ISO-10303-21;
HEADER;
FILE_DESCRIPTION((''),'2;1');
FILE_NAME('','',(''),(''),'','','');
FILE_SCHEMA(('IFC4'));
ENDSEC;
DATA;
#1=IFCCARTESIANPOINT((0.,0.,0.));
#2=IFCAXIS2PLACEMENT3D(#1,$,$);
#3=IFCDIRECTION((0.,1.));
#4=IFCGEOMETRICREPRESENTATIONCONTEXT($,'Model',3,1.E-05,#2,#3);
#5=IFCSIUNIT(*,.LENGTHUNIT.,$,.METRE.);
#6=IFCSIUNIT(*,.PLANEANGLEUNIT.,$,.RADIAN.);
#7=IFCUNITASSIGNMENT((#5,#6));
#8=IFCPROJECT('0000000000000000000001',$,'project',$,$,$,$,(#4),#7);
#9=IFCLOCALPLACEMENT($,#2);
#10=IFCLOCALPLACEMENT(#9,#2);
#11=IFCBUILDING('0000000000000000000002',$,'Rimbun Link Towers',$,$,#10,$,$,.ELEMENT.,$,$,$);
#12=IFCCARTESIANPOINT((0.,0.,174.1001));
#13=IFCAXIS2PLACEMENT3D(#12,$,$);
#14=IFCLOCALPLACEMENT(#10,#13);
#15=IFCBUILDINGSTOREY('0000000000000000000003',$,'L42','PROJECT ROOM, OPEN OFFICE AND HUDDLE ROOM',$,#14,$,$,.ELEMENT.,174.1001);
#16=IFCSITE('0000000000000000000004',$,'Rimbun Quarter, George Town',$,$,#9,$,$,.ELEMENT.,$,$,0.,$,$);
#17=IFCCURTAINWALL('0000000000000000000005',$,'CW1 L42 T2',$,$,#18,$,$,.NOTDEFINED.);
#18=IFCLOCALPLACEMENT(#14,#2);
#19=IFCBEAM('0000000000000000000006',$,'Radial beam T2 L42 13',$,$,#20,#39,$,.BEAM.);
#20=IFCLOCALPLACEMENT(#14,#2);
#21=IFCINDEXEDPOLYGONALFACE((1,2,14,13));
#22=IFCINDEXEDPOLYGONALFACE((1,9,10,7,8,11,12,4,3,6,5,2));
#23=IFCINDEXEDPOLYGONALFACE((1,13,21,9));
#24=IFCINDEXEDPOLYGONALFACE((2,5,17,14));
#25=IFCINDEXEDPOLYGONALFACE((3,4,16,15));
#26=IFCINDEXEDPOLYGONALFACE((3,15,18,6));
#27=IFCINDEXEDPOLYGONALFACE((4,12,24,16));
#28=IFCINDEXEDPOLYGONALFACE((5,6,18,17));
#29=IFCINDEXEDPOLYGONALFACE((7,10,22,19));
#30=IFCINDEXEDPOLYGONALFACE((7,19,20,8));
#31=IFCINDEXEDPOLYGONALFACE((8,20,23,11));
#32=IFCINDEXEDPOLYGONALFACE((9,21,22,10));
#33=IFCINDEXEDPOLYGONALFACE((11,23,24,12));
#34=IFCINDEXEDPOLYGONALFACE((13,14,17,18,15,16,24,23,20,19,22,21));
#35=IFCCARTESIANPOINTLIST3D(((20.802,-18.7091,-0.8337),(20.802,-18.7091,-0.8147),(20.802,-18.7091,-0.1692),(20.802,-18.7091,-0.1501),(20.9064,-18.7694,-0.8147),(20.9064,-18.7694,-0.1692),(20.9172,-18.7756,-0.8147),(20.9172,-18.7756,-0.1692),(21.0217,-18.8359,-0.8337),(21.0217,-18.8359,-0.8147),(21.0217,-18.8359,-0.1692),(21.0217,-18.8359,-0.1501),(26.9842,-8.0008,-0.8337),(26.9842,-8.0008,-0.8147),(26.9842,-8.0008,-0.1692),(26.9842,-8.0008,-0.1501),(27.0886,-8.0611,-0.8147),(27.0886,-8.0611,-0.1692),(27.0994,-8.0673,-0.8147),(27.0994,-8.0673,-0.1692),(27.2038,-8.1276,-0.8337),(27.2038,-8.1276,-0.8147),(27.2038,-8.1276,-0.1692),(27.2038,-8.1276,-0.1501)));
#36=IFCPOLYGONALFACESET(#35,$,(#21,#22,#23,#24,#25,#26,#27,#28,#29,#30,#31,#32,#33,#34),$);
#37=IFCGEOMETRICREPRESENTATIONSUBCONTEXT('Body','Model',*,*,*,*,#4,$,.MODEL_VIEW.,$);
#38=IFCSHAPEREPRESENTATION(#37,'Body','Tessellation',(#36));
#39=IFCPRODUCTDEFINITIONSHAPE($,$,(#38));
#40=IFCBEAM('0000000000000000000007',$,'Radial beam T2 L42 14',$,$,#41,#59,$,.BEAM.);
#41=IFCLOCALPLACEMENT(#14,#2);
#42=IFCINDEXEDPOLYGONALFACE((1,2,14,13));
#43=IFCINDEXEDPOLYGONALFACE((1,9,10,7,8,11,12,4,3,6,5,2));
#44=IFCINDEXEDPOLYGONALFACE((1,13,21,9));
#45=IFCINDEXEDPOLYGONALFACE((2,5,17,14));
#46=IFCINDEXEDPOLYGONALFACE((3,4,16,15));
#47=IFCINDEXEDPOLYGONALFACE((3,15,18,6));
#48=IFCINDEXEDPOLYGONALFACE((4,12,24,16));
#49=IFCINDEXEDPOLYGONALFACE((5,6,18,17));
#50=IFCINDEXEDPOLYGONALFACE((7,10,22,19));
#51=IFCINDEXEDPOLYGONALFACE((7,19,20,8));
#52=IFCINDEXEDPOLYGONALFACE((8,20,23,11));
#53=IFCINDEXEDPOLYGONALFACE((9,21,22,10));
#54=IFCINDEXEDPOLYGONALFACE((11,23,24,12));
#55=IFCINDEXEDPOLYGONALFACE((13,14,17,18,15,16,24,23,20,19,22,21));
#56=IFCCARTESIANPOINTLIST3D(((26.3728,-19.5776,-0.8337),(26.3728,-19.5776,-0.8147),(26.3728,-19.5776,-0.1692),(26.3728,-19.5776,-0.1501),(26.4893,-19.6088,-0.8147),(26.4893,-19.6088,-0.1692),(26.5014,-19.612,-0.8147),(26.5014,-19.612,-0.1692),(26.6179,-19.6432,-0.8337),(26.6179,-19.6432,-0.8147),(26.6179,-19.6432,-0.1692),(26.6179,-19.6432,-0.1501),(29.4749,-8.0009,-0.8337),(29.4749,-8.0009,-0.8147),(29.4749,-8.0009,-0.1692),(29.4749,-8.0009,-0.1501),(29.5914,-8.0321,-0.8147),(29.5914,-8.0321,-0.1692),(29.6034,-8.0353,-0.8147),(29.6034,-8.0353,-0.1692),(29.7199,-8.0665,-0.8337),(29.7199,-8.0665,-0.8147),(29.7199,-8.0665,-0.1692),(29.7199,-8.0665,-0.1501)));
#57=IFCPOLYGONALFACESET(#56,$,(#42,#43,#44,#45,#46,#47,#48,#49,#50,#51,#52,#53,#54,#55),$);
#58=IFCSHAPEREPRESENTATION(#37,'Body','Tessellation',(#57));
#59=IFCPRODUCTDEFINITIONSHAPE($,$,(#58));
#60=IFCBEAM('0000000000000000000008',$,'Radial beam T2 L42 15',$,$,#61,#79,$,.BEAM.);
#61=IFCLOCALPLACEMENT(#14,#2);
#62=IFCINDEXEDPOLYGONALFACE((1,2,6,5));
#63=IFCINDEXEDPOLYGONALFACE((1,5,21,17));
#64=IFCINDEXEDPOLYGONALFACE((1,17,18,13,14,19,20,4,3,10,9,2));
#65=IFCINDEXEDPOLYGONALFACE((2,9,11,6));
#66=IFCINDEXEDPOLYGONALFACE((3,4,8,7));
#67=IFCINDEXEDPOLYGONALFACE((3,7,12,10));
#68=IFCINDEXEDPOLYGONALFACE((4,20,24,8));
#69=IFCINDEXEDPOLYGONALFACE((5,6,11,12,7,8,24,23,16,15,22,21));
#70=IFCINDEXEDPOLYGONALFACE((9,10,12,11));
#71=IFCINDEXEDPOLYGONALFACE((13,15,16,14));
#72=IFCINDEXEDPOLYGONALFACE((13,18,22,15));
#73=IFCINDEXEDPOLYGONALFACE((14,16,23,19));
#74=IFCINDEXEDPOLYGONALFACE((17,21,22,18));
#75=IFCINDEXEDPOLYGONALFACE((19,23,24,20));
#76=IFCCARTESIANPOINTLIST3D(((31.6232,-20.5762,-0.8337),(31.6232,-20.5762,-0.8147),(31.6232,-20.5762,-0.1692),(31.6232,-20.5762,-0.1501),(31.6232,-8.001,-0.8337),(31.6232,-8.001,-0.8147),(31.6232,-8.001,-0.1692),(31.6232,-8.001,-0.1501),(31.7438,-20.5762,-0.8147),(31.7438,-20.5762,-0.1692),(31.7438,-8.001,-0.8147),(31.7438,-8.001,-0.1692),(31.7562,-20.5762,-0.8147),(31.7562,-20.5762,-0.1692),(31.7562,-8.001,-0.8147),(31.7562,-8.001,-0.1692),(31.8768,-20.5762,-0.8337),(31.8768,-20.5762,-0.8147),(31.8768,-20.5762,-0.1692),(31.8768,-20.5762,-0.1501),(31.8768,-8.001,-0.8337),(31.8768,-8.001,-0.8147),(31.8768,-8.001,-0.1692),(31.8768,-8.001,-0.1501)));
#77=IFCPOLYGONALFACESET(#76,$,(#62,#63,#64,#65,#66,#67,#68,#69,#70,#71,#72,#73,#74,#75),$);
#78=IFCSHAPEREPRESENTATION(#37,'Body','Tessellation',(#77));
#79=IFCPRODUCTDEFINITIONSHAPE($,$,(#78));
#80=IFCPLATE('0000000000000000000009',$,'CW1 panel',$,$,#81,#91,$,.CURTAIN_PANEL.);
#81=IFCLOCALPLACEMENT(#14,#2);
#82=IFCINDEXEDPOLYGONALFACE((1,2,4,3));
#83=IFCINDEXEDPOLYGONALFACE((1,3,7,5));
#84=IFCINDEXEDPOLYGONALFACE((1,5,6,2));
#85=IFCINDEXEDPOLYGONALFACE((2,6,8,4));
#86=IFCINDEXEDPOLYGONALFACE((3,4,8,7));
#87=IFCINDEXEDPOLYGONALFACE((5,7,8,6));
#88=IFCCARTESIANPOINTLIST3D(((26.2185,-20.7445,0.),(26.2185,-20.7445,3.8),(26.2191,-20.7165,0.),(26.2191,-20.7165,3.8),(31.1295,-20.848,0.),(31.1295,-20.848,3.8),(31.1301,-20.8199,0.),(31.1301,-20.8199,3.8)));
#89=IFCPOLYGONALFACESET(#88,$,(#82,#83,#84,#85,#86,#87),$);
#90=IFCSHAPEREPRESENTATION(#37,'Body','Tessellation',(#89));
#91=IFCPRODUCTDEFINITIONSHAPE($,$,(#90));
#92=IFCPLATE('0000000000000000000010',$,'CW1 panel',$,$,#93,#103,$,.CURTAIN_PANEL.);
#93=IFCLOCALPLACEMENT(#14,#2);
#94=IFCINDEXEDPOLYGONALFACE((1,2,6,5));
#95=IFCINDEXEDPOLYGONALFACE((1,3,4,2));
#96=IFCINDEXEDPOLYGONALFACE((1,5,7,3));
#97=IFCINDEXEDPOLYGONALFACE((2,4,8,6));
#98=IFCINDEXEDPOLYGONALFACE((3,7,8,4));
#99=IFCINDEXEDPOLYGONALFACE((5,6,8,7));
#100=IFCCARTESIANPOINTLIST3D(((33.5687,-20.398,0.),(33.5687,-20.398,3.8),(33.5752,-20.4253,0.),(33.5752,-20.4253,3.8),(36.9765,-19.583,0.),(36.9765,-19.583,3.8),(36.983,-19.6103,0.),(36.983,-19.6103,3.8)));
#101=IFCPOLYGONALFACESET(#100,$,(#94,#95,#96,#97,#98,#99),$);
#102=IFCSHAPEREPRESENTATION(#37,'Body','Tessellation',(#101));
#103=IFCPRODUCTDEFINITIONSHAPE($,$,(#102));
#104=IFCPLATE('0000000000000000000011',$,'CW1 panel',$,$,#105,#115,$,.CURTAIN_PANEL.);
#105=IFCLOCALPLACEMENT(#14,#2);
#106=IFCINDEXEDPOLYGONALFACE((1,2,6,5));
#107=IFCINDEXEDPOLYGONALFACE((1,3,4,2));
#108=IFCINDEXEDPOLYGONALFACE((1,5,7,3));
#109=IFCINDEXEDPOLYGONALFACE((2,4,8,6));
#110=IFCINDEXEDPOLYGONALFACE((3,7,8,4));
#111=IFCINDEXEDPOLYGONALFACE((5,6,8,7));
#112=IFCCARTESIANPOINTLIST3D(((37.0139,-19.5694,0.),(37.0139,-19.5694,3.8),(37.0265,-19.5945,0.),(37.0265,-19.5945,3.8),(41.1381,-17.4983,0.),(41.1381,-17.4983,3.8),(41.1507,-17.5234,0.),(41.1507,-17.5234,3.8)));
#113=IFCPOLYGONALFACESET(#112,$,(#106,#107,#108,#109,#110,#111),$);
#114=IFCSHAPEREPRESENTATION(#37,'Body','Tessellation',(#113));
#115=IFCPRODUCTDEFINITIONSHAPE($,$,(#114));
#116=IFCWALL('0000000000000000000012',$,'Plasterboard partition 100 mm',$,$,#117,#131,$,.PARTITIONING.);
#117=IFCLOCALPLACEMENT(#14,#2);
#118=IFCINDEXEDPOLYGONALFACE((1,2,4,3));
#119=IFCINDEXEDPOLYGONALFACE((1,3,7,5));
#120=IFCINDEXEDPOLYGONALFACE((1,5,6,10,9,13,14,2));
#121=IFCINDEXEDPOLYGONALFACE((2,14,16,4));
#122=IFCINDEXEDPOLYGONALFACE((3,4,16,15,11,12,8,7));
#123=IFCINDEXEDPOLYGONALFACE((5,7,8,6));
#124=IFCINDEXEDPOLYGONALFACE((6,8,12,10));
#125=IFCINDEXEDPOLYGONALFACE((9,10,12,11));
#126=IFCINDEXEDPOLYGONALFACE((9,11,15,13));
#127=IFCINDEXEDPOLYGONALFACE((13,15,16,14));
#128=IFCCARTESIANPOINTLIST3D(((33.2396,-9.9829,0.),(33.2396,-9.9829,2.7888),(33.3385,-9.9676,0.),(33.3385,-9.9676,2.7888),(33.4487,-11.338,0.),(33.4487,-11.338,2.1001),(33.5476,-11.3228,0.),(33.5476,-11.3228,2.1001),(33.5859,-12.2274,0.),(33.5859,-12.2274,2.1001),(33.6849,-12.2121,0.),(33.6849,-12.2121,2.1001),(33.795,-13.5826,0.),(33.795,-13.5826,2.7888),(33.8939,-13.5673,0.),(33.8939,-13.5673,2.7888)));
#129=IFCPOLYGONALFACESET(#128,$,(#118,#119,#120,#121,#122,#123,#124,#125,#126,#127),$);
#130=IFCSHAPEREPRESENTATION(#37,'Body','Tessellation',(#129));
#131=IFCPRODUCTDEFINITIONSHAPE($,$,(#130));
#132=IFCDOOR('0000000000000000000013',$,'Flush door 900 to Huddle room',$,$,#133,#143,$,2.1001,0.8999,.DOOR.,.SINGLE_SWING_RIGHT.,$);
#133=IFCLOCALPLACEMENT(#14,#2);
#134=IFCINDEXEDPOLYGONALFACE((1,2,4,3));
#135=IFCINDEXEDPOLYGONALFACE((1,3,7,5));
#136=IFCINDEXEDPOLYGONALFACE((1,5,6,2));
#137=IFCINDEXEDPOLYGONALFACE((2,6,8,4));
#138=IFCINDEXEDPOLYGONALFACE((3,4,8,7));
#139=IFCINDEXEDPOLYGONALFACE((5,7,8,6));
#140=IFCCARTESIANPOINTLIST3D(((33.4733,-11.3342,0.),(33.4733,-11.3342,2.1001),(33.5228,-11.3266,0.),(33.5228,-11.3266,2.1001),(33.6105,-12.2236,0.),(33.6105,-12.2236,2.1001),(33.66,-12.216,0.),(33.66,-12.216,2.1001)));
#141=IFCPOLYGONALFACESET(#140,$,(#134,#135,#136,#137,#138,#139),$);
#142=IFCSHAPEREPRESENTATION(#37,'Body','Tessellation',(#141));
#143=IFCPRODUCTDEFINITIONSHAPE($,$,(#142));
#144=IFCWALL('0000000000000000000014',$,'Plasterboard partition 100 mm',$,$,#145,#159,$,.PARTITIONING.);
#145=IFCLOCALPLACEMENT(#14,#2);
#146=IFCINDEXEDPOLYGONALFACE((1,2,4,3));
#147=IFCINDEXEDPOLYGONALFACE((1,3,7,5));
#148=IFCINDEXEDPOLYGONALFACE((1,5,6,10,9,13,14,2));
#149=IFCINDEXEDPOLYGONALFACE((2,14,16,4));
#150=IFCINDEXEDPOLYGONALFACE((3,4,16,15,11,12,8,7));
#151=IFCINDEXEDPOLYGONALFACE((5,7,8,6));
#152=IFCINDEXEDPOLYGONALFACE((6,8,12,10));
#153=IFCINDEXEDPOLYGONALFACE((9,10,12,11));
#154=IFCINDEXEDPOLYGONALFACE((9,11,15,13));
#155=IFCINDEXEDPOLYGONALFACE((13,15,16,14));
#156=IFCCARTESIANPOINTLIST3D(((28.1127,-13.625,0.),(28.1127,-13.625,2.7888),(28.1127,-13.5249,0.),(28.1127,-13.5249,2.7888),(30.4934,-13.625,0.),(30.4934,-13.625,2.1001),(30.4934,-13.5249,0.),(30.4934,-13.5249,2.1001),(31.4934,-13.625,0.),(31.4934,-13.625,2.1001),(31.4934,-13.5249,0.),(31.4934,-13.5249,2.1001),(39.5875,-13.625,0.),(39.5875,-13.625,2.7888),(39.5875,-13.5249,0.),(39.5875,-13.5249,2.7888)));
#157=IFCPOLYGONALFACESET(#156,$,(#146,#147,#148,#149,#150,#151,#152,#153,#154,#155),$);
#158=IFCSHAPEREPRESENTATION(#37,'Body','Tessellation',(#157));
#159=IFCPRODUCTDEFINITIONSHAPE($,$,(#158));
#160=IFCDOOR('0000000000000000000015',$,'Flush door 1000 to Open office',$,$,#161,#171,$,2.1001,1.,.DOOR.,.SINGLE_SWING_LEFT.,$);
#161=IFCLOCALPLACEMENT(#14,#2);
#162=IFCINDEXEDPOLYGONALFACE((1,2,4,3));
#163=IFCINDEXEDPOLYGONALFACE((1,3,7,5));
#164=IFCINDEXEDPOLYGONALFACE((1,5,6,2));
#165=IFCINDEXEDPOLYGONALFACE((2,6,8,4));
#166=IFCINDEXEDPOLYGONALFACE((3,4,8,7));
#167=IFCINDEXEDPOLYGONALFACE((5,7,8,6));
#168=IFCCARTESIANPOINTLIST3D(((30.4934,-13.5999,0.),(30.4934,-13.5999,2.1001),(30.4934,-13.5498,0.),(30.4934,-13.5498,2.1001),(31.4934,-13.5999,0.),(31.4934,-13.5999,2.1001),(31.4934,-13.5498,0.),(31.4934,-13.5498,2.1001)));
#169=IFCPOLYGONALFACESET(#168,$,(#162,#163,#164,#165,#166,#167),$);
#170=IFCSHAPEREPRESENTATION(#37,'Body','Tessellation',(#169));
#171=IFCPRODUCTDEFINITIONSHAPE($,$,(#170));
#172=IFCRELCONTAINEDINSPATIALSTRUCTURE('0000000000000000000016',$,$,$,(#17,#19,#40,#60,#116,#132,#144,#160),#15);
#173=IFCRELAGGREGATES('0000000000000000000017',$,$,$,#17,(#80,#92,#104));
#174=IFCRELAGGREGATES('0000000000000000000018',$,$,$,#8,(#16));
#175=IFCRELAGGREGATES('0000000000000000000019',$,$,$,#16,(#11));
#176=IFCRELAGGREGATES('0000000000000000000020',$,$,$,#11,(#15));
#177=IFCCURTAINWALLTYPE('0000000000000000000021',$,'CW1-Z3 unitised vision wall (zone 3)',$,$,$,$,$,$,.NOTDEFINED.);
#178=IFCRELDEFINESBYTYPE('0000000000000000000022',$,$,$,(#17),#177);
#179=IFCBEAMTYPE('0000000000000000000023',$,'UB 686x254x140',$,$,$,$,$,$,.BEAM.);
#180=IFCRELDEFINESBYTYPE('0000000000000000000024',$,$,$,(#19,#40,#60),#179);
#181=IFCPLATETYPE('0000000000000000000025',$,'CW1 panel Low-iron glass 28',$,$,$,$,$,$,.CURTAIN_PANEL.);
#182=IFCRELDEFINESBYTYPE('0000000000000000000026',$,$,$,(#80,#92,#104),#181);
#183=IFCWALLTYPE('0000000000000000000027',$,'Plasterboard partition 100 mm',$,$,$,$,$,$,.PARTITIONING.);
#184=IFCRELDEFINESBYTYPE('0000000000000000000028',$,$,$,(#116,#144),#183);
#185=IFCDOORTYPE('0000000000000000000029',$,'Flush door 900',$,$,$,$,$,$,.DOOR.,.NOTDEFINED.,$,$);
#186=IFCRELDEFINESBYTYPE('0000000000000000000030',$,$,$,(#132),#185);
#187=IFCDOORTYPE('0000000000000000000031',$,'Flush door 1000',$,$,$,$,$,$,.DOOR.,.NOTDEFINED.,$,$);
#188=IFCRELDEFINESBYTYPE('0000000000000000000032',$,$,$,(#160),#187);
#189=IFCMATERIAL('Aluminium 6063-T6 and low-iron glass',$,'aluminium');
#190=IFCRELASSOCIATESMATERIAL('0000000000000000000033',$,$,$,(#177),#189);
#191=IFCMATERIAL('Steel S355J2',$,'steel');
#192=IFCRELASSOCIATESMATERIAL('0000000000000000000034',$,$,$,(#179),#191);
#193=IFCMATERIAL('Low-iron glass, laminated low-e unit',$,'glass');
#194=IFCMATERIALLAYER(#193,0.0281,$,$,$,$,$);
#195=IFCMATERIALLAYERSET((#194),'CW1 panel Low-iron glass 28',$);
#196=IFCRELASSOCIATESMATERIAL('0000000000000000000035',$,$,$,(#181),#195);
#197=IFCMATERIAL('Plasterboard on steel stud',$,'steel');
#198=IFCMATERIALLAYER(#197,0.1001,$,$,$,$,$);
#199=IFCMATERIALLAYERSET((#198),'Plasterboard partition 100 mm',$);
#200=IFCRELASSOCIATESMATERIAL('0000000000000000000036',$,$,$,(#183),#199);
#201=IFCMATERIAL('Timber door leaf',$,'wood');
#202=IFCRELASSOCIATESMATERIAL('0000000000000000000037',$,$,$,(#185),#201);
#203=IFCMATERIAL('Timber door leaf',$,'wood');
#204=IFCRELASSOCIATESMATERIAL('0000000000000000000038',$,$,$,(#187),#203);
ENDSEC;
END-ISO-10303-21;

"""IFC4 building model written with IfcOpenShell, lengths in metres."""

from ifc_helpers import new_model, si_unit, direction, frame, frame_2d, origin, origin_2d, place, context, subcontext, project, spatial, rectangle, i_section, extrude, material, layer, layer_set, material_profile, profile_set, type_object, element, fill, aggregate, save


model = new_model("IFC4")

# Units and contexts
model_context = context("Model", 3, precision=1e-05, world=origin(), true_north=direction((0.0, 1.0)))
body_context = subcontext(model_context, "Body", "Model", "MODEL_VIEW")
ifc_project = project(units=[si_unit("LENGTHUNIT", "METRE"), si_unit("PLANEANGLEUNIT", "RADIAN")], contexts=[model_context])

# Site, building, storey
site_placement = place(None, origin())
site = spatial("IfcSite", under=ifc_project, at=site_placement, Name="Rimbun Quarter, George Town", CompositionType="ELEMENT", RefElevation=0.0)
building_placement = place(site_placement, origin())
building = spatial("IfcBuilding", under=site, at=building_placement, Name="Rimbun Link Towers", CompositionType="ELEMENT")
storey_placement = place(building_placement, frame((0.0, 0.0, 174.1001)))
storey = spatial("IfcBuildingStorey", under=building, at=storey_placement, Name="L42", Description="PROJECT ROOM, OPEN OFFICE AND HUDDLE ROOM", CompositionType="ELEMENT", Elevation=174.1001)

# Curtain wall
ifc_material_1 = material(Name="Aluminium 6063-T6 and low-iron glass", Category="aluminium")
curtain_wall_type = type_object("IfcCurtainWallType", Name="CW1-Z3 unitised vision wall (zone 3)", PredefinedType="NOTDEFINED", material=ifc_material_1)
curtain_wall_placement = place(storey_placement, origin())
curtain_wall = element("IfcCurtainWall", 1, at=curtain_wall_placement, inside=storey, type_object=curtain_wall_type, Name="CW1 L42 T2", PredefinedType="NOTDEFINED")

# Beams
ifc_material_2 = material(Name="Steel S355J2", Category="steel")
ifc_material_profile_1 = material_profile(ifc_material_2, i_section(OverallWidth=0.2537, OverallDepth=0.6836, WebThickness=0.0125, FlangeThickness=0.019, at=origin_2d()), Name="UB 686x254x140")
ifc_profile_set_1 = profile_set([ifc_material_profile_1], Name="Steel S355J2")
beam_type_1 = type_object("IfcBeamType", Name="UB 686x254x140", PredefinedType="BEAM", material=ifc_profile_set_1)
beam_1_placement = place(storey_placement, frame((27.094, -8.0642, -0.4919), z_axis=(-0.499983, -0.866035, 0.0), x_axis=(0.866035, -0.499983, 0.0)))
element("IfcBeam", 2, at=beam_1_placement, inside=storey, type_object=beam_type_1, Name="Radial beam T2 L42 13", PredefinedType="BEAM", context=body_context, shape_type="SweptSolid", body=[
    extrude(i_section(OverallWidth=0.2537, OverallDepth=0.6836, WebThickness=0.0125, FlangeThickness=0.019, at=origin_2d()), origin(), (0.0, 0.0, 1.0), 12.3647),
])
beam_2_placement = place(storey_placement, frame((29.5974, -8.0337, -0.4919), z_axis=(-0.258826, -0.965924, 0.0), x_axis=(0.965924, -0.258826, 0.0)))
element("IfcBeam", 3, at=beam_2_placement, inside=storey, type_object=beam_type_1, Name="Radial beam T2 L42 14", PredefinedType="BEAM", context=body_context, shape_type="SweptSolid", body=[
    extrude(i_section(OverallWidth=0.2537, OverallDepth=0.6836, WebThickness=0.0125, FlangeThickness=0.019, at=origin_2d()), origin(), (0.0, 0.0, 1.0), 11.9851),
])
beam_3_placement = place(storey_placement, frame((31.75, -8.001, -0.4919), z_axis=(0.0, -1.0, 0.0), x_axis=(1.0, 0.0, 0.0)))
element("IfcBeam", 4, at=beam_3_placement, inside=storey, type_object=beam_type_1, Name="Radial beam T2 L42 15", PredefinedType="BEAM", context=body_context, shape_type="SweptSolid", body=[
    extrude(i_section(OverallWidth=0.2537, OverallDepth=0.6836, WebThickness=0.0125, FlangeThickness=0.019, at=origin_2d()), origin(), (0.0, 0.0, 1.0), 12.5752),
])

# Plates
ifc_material_3 = material(Name="Low-iron glass, laminated low-e unit", Category="glass")
ifc_layer_1 = layer(ifc_material_3, 0.0281)
ifc_layer_set_1 = layer_set([ifc_layer_1], Name="CW1 panel Low-iron glass 28")
plate_type = type_object("IfcPlateType", Name="CW1 panel Low-iron glass 28", PredefinedType="CURTAIN_PANEL", material=ifc_layer_set_1)
plate_1_placement = place(storey_placement, frame((28.6743, -20.7822, 0.0), z_axis=(0.0, 0.0, 1.0), x_axis=(-0.999778, 0.021055, 0.0)))
plate_1 = element("IfcPlate", 5, at=plate_1_placement, type_object=plate_type, Name="CW1 panel", PredefinedType="CURTAIN_PANEL", context=body_context, shape_type="SweptSolid", body=[
    extrude(rectangle(XDim=4.9121, YDim=0.0281, at=origin_2d()), origin(), (0.0, 0.0, 1.0), 3.8),
])
plate_2_placement = place(storey_placement, frame((35.2759, -20.0042, 0.0), z_axis=(0.0, 0.0, 1.0), x_axis=(-0.972574, -0.232595, 0.0)))
plate_2 = element("IfcPlate", 6, at=plate_2_placement, type_object=plate_type, Name="CW1 panel", PredefinedType="CURTAIN_PANEL", context=body_context, shape_type="SweptSolid", body=[
    extrude(rectangle(XDim=3.5039, YDim=0.0281, at=origin_2d()), origin(), (0.0, 0.0, 1.0), 3.8),
])
plate_3_placement = place(storey_placement, frame((39.0823, -18.5464, 0.0), z_axis=(0.0, 0.0, 1.0), x_axis=(-0.893646, -0.448773, 0.0)))
plate_3 = element("IfcPlate", 7, at=plate_3_placement, type_object=plate_type, Name="CW1 panel", PredefinedType="CURTAIN_PANEL", context=body_context, shape_type="SweptSolid", body=[
    extrude(rectangle(XDim=4.615, YDim=0.0281, at=origin_2d()), origin(), (0.0, 0.0, 1.0), 3.8),
])
aggregate(curtain_wall, [plate_1, plate_2, plate_3])

# Walls, openings, doors
ifc_material_4 = material(Name="Plasterboard on steel stud", Category="steel")
ifc_layer_2 = layer(ifc_material_4, 0.1001)
ifc_layer_set_2 = layer_set([ifc_layer_2], Name="Plasterboard partition 100 mm")
wall_type_1 = type_object("IfcWallType", Name="Plasterboard partition 100 mm", PredefinedType="PARTITIONING", material=ifc_layer_set_2)
wall_1_placement = place(storey_placement, frame((33.2891, -9.9751, 0.0), z_axis=(0.0, 0.0, 1.0), x_axis=(0.152485, -0.988306, 0.0)))
wall_1 = element("IfcWall", 8, at=wall_1_placement, inside=storey, type_object=wall_type_1, Name="Plasterboard partition 100 mm", PredefinedType="PARTITIONING", context=body_context, shape_type="SweptSolid", body=[
    extrude(rectangle(XDim=3.6423, YDim=0.1001, at=frame_2d((1.8213, 0.0))), origin(), (0.0, 0.0, 1.0), 2.7888),
])
opening_1_placement = place(wall_1_placement, frame((1.3713, 0.0, 0.0)))
opening_1 = element("IfcOpeningElement", 9, at=opening_1_placement, cuts=wall_1, PredefinedType="OPENING", context=body_context, shape_type="SweptSolid", body=[
    extrude(rectangle(XDim=0.8999, YDim=2.1001, at=frame_2d((0.45, 1.05))), frame((0.0, 0.0601, 0.0), z_axis=(0.0, -1.0, 0.0), x_axis=(1.0, 0.0, 0.0)), (0.0, 0.0, 1.0), 0.1201),
])
ifc_material_5 = material(Name="Timber door leaf", Category="wood")
door_type_1 = type_object("IfcDoorType", Name="Flush door 900", OperationType="NOTDEFINED", PredefinedType="DOOR", material=ifc_material_5)
door_1_placement = place(opening_1_placement, origin())
door_1 = element("IfcDoor", 10, at=door_1_placement, inside=storey, type_object=door_type_1, Name="Flush door 900 to Huddle room", OperationType="SINGLE_SWING_RIGHT", OverallHeight=2.1001, OverallWidth=0.8999, PredefinedType="DOOR", context=body_context, shape_type="SweptSolid", body=[
    extrude(rectangle(XDim=0.8999, YDim=2.1001, at=frame_2d((0.45, 1.05))), frame((0.0, 0.0249, 0.0), z_axis=(0.0, -1.0, 0.0), x_axis=(1.0, 0.0, 0.0)), (0.0, 0.0, 1.0), 0.05),
])
fill(opening_1, door_1)
wall_2_placement = place(storey_placement, frame((39.5874, -13.575, 0.0), z_axis=(0.0, 0.0, 1.0), x_axis=(-1.0, 0.0, 0.0)))
wall_2 = element("IfcWall", 11, at=wall_2_placement, inside=storey, type_object=wall_type_1, Name="Plasterboard partition 100 mm", PredefinedType="PARTITIONING", context=body_context, shape_type="SweptSolid", body=[
    extrude(rectangle(XDim=11.4749, YDim=0.1001, at=frame_2d((5.7373, 0.0))), origin(), (0.0, 0.0, 1.0), 2.7888),
])
opening_2_placement = place(wall_2_placement, frame((8.094, 0.0, 0.0)))
opening_2 = element("IfcOpeningElement", 12, at=opening_2_placement, cuts=wall_2, PredefinedType="OPENING", context=body_context, shape_type="SweptSolid", body=[
    extrude(rectangle(XDim=1.0, YDim=2.1001, at=frame_2d((0.5, 1.05))), frame((0.0, 0.0601, 0.0), z_axis=(0.0, -1.0, 0.0), x_axis=(1.0, 0.0, 0.0)), (0.0, 0.0, 1.0), 0.1201),
])
ifc_material_6 = material(Name="Timber door leaf", Category="wood")
door_type_2 = type_object("IfcDoorType", Name="Flush door 1000", OperationType="NOTDEFINED", PredefinedType="DOOR", material=ifc_material_6)
door_2_placement = place(opening_2_placement, origin())
door_2 = element("IfcDoor", 13, at=door_2_placement, inside=storey, type_object=door_type_2, Name="Flush door 1000 to Open office", OperationType="SINGLE_SWING_LEFT", OverallHeight=2.1001, OverallWidth=1.0, PredefinedType="DOOR", context=body_context, shape_type="SweptSolid", body=[
    extrude(rectangle(XDim=1.0, YDim=2.1001, at=frame_2d((0.5, 1.05))), frame((0.0, 0.0249, 0.0), z_axis=(0.0, -1.0, 0.0), x_axis=(1.0, 0.0, 0.0)), (0.0, 0.0, 1.0), 0.05),
])
fill(opening_2, door_2)

save(model, "model.ifc")
